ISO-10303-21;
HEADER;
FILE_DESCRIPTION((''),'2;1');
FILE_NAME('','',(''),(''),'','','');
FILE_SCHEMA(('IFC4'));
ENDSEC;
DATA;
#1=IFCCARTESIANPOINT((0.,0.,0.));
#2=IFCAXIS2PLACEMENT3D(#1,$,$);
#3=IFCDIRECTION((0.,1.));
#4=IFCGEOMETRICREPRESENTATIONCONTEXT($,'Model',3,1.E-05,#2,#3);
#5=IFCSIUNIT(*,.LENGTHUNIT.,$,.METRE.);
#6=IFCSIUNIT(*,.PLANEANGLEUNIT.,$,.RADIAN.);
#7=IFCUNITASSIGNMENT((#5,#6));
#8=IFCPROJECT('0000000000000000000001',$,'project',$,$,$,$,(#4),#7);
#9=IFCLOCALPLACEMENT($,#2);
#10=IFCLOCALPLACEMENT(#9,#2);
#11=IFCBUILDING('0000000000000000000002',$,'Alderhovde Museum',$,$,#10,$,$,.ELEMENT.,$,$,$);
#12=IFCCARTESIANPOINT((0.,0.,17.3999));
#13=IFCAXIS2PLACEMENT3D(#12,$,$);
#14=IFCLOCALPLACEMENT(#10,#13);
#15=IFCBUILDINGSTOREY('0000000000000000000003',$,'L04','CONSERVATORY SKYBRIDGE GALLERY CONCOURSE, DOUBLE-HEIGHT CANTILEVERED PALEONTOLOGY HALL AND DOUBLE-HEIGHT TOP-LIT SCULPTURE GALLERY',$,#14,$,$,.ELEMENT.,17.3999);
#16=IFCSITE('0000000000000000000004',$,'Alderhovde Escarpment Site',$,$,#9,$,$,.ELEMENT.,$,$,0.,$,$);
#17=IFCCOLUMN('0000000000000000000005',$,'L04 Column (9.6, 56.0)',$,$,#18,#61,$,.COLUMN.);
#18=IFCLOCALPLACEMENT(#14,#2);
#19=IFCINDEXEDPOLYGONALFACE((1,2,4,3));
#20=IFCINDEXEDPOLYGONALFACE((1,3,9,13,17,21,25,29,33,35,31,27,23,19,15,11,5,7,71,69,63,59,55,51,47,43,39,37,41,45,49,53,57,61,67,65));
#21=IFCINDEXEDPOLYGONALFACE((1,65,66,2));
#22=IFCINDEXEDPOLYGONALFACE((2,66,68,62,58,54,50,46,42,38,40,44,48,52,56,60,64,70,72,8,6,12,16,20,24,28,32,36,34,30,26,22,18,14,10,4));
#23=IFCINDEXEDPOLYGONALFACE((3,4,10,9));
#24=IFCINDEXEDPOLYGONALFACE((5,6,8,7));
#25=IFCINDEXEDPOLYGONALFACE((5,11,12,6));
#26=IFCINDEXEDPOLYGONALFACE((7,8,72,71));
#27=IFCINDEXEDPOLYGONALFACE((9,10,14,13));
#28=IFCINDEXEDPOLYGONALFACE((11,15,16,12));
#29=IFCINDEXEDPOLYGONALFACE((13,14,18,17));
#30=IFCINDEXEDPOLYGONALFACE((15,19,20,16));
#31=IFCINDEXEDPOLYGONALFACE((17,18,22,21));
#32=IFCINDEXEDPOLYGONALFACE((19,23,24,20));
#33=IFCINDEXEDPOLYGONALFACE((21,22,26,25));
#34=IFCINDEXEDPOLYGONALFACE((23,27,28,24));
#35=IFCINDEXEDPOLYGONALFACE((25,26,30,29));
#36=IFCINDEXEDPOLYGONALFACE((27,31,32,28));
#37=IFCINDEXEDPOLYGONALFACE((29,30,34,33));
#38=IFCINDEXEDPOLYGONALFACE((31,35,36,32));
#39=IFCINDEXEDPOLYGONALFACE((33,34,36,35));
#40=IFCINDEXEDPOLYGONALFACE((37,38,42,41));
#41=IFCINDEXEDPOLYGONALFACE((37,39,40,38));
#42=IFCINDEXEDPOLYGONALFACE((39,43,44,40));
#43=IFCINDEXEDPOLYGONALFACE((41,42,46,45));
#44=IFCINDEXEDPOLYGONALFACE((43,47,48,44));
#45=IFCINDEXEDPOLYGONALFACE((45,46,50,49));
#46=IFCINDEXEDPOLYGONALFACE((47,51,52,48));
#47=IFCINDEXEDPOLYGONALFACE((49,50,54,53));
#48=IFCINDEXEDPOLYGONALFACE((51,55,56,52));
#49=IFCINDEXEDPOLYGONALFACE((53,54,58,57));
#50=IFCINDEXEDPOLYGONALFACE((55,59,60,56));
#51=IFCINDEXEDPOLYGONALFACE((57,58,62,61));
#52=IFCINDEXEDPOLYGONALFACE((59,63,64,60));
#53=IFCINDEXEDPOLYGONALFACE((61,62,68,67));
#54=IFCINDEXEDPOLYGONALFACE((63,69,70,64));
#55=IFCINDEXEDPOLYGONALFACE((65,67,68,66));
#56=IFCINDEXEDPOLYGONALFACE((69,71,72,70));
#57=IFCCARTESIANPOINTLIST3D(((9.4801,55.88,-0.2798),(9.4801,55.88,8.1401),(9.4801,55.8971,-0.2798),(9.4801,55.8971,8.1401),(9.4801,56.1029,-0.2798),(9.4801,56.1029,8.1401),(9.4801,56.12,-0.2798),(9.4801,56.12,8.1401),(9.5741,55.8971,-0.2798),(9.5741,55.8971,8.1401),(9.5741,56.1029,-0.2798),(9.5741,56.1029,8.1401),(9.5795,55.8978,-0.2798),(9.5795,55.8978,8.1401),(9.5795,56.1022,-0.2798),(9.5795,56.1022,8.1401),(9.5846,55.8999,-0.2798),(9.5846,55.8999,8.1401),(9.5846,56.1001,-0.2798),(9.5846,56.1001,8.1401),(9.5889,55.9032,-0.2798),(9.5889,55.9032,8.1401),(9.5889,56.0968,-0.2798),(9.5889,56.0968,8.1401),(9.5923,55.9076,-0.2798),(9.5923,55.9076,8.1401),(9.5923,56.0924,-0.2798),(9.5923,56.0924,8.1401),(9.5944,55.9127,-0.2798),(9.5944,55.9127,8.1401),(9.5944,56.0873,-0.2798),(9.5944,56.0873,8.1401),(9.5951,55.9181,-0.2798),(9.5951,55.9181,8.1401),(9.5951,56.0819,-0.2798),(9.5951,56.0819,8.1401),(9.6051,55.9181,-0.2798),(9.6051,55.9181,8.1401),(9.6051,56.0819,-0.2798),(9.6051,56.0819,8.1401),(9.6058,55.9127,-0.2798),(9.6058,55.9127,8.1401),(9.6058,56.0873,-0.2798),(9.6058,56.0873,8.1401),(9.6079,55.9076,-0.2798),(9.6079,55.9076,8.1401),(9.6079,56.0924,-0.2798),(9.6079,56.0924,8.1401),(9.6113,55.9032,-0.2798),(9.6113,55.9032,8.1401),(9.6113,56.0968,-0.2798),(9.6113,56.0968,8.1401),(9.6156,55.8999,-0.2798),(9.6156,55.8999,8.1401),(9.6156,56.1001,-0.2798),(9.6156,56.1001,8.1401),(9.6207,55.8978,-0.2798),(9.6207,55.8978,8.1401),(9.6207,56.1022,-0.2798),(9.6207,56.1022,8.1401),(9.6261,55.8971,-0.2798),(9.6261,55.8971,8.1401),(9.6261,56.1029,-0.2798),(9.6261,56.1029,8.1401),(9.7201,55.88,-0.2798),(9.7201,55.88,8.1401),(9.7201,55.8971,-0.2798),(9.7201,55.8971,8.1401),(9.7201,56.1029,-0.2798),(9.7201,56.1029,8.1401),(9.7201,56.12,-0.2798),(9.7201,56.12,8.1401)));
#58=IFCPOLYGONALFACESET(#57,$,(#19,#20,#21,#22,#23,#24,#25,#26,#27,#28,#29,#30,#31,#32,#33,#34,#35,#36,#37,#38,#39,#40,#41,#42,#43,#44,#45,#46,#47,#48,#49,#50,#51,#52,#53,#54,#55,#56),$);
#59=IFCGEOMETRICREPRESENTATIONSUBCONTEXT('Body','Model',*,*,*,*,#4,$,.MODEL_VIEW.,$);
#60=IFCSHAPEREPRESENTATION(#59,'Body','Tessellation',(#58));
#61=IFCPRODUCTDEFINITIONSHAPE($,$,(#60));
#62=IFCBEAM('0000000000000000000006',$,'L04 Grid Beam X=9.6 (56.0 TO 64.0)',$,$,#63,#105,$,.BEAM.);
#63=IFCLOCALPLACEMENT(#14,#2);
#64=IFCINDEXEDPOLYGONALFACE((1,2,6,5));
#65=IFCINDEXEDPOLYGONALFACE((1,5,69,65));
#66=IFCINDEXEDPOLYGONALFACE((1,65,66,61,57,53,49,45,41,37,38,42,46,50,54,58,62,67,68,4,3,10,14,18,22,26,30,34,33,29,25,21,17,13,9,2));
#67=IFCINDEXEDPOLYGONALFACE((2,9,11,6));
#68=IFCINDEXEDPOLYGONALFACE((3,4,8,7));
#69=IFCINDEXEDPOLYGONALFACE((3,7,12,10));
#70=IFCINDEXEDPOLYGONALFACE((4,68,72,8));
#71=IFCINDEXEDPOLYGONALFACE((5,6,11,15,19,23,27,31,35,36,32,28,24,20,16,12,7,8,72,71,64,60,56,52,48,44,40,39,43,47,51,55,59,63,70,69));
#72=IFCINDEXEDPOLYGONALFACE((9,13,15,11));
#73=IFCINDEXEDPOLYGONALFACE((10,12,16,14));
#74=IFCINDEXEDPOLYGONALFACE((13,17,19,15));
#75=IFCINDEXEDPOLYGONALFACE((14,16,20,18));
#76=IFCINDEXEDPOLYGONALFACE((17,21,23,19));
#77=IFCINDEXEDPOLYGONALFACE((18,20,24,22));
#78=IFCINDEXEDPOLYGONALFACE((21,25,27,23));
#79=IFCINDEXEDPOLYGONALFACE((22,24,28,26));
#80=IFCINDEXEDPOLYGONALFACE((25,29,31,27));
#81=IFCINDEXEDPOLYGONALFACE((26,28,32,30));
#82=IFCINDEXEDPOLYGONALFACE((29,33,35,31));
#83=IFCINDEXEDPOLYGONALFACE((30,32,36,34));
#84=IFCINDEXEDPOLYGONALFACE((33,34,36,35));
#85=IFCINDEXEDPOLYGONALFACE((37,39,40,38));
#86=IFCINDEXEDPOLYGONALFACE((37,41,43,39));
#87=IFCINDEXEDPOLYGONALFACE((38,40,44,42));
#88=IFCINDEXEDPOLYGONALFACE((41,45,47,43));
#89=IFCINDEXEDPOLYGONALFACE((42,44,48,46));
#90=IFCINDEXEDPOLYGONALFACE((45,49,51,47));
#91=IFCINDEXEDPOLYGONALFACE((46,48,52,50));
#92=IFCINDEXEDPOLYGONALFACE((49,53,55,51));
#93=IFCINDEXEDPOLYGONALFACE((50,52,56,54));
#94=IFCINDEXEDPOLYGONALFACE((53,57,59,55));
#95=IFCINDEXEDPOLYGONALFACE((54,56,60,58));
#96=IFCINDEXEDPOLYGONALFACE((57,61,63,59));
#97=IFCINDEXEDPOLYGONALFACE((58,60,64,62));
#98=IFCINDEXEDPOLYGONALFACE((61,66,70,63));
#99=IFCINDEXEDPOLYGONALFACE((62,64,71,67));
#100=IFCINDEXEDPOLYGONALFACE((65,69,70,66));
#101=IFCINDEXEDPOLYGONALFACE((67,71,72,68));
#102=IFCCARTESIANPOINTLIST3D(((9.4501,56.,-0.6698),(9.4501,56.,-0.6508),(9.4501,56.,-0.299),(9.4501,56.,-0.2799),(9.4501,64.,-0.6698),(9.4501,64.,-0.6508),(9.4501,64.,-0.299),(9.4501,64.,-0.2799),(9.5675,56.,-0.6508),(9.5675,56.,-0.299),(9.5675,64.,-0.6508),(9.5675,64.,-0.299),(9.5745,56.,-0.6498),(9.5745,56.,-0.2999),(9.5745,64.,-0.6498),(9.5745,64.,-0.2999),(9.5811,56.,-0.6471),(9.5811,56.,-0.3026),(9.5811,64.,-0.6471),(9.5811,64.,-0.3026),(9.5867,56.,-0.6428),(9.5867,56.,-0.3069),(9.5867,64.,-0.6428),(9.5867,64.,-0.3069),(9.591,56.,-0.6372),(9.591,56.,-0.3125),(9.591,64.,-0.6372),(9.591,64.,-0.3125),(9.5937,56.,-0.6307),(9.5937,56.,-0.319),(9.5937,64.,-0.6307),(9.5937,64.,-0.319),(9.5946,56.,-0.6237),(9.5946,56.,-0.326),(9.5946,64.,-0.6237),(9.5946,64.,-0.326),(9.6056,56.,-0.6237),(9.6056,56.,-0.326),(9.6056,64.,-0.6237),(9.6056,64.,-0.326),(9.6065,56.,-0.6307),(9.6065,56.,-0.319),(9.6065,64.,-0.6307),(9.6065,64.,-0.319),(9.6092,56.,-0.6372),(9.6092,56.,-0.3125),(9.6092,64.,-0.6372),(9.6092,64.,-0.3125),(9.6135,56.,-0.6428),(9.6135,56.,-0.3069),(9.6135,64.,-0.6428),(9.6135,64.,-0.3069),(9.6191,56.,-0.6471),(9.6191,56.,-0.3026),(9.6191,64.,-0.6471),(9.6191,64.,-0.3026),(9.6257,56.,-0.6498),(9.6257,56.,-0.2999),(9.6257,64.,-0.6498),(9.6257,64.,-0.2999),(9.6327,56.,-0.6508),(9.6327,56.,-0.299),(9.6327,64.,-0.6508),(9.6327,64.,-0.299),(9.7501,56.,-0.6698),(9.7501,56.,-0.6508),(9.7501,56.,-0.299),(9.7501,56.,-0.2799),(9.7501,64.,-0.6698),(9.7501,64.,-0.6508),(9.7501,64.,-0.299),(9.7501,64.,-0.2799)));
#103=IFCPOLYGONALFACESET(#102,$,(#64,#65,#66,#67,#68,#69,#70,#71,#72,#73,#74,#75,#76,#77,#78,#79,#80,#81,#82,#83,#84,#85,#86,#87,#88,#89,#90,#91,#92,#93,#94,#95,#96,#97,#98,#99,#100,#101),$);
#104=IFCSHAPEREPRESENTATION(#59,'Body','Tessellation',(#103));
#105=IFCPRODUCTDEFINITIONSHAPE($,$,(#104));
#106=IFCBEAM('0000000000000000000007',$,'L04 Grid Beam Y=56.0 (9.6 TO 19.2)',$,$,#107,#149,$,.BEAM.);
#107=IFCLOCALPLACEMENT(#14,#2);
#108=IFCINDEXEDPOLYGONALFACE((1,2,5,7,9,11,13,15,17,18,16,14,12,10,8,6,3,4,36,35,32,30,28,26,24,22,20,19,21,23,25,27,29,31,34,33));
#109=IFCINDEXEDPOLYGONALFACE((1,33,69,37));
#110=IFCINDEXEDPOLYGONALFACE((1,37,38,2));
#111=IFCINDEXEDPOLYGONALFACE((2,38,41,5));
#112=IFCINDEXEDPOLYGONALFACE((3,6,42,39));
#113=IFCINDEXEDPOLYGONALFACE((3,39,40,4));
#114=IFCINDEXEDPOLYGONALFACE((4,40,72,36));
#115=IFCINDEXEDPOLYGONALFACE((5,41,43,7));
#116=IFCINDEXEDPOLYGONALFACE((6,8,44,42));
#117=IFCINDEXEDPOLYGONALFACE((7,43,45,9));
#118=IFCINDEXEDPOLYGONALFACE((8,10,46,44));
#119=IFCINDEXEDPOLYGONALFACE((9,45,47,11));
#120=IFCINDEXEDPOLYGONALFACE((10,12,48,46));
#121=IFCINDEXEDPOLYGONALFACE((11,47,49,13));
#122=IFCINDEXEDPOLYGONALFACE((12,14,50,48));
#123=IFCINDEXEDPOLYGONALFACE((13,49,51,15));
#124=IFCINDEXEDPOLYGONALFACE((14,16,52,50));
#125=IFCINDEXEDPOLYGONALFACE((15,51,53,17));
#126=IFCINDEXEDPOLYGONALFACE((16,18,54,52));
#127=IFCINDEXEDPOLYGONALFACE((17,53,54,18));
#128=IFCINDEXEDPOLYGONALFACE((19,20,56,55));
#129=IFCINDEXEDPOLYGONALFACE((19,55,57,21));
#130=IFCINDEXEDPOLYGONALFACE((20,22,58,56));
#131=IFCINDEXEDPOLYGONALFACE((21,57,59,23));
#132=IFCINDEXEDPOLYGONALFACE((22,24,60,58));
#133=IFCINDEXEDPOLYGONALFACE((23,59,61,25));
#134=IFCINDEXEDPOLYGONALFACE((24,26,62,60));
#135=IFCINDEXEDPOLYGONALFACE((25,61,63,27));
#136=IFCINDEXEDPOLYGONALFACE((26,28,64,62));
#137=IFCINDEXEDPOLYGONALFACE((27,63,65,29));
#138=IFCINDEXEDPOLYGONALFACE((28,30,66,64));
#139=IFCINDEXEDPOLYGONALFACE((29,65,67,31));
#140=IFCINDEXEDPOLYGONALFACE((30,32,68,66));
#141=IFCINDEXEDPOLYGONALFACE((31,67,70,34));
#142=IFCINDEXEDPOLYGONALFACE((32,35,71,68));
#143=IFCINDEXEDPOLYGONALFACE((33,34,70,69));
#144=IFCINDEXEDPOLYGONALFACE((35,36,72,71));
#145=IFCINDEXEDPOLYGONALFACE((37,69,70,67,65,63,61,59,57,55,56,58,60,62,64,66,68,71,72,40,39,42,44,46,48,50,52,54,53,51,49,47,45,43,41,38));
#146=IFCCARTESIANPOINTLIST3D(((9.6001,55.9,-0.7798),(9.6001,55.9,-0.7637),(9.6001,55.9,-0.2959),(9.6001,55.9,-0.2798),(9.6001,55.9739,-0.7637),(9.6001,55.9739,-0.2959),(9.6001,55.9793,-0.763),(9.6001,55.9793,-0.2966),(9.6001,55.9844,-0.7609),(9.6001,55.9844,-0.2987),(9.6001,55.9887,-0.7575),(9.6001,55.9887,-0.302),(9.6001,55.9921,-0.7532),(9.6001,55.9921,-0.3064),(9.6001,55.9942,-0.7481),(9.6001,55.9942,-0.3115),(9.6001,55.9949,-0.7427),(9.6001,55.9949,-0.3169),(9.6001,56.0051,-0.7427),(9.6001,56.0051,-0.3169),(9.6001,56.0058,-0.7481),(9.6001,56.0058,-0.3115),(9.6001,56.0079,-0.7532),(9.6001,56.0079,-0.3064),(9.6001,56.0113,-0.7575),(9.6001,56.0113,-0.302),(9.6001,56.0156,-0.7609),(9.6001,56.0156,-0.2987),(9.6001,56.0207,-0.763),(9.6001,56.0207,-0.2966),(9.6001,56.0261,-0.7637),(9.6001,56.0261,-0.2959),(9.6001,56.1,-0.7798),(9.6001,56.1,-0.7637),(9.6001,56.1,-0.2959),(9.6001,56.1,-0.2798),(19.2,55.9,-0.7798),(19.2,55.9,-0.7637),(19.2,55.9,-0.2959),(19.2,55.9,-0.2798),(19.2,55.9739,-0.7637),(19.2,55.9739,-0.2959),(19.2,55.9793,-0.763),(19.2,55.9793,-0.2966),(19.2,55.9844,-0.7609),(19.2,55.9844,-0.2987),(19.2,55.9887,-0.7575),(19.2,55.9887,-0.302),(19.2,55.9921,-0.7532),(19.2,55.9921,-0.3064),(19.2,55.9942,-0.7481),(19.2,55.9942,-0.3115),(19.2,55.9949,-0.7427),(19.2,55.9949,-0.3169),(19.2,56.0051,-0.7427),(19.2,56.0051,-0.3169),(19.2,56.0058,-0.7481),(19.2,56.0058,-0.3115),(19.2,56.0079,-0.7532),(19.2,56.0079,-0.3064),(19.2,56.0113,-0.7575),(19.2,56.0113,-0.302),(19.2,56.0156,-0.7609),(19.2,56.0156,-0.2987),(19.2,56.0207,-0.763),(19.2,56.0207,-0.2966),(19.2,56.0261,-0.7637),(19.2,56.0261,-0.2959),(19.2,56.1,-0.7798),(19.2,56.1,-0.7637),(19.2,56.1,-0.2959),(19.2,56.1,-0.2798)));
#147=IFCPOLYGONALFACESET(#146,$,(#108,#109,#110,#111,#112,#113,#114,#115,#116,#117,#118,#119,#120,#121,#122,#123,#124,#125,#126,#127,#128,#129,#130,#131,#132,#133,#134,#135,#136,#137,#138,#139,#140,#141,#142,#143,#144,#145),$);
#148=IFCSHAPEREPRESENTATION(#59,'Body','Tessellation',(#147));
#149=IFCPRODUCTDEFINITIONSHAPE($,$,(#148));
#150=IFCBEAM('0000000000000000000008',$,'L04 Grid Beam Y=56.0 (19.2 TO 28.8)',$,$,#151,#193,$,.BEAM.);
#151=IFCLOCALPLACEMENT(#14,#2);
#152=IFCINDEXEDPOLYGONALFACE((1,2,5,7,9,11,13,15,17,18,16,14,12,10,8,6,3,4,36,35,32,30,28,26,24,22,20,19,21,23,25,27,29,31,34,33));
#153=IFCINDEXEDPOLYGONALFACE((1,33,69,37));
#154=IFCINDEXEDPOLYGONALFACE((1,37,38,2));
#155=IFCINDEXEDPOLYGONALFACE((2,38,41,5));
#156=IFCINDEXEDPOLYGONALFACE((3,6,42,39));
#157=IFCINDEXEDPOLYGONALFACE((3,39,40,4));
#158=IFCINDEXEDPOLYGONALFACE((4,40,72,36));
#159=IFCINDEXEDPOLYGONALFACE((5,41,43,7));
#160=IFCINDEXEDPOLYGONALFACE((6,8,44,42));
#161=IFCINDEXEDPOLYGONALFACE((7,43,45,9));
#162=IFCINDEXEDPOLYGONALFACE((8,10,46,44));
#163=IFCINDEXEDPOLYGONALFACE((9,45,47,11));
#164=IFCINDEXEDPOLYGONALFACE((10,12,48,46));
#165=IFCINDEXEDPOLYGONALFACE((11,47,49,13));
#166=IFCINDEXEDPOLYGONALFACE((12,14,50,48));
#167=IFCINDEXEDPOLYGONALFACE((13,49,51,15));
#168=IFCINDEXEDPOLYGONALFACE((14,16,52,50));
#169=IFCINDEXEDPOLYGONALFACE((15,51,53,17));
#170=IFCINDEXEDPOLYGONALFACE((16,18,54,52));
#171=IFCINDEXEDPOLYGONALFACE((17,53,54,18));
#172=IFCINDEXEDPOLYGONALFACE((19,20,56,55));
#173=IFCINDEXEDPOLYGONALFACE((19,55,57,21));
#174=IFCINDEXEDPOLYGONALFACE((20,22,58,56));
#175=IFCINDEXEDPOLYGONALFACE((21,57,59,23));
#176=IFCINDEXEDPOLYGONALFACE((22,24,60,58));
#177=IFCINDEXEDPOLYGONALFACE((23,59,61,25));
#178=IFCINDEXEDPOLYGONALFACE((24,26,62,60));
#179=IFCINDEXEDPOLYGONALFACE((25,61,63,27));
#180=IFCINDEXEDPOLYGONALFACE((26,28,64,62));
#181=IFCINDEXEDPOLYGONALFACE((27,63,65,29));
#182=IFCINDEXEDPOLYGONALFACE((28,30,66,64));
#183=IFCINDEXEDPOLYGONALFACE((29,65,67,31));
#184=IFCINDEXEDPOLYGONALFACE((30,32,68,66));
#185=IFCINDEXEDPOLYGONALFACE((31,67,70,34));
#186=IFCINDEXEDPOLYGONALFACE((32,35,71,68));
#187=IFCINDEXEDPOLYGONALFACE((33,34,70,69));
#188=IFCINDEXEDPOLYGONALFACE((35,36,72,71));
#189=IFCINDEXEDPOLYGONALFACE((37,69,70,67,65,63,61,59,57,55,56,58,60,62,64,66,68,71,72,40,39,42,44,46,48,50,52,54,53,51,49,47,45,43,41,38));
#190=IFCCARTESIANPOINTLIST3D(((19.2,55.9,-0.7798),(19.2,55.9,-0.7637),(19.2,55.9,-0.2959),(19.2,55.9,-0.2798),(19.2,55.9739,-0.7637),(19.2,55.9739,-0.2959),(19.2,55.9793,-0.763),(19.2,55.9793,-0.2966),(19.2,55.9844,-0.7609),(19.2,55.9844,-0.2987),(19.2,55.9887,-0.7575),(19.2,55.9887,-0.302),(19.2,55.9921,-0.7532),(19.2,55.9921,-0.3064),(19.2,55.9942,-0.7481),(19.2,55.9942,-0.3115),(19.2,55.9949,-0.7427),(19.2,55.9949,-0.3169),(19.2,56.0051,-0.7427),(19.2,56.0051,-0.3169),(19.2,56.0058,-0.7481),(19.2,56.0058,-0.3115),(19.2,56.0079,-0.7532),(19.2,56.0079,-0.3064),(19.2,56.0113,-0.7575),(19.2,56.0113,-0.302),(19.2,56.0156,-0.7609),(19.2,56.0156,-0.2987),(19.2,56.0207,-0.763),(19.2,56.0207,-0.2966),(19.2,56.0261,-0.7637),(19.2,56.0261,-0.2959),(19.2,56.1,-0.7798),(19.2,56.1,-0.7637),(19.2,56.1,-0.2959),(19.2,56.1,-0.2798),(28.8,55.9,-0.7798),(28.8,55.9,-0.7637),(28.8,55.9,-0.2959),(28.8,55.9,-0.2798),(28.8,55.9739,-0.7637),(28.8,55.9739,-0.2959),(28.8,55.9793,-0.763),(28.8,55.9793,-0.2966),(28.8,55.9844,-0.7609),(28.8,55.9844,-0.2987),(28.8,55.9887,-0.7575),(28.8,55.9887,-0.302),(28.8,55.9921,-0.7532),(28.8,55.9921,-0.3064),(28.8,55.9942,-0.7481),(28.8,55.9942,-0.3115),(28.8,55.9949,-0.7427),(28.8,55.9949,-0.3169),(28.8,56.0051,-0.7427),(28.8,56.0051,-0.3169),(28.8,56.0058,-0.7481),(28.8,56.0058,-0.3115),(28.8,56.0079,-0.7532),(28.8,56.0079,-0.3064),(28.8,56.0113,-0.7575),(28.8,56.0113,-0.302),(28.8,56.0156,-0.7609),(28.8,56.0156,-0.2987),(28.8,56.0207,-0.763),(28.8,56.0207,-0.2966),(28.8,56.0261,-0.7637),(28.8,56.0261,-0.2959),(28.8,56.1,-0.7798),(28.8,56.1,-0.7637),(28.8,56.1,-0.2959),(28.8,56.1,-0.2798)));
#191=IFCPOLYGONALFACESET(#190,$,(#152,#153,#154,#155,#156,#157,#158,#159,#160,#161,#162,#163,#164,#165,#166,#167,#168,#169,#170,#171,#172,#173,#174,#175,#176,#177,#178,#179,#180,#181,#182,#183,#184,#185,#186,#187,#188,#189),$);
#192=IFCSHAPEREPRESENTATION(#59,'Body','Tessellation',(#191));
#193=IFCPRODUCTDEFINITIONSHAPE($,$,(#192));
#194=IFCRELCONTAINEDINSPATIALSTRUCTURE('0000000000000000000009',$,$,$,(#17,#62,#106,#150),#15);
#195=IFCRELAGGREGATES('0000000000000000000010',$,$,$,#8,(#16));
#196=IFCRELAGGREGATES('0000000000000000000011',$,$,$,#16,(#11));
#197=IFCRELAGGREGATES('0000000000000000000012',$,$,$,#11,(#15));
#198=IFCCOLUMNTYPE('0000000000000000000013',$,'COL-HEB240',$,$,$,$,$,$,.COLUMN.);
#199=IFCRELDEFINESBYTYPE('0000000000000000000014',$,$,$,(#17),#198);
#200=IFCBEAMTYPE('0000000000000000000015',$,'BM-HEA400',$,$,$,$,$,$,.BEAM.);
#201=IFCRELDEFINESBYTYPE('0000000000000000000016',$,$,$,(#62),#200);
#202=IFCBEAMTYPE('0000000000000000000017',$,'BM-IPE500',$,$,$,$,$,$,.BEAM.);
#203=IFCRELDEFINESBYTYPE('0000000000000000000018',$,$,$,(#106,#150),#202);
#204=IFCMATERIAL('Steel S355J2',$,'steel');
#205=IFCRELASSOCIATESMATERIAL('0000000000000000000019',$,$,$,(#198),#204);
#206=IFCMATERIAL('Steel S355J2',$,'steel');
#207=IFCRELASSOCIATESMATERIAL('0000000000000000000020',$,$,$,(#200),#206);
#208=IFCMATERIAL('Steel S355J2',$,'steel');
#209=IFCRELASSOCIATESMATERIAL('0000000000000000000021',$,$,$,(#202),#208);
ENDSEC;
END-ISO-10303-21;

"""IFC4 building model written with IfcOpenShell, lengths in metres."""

from ifc_helpers import new_model, si_unit, direction, frame, origin, origin_2d, place, context, subcontext, project, spatial, i_section, extrude, material, material_profile, profile_set, type_object, element, save


model = new_model("IFC4")

# Units and contexts
model_context = context("Model", 3, precision=1e-05, world=origin(), true_north=direction((0.0, 1.0)))
body_context = subcontext(model_context, "Body", "Model", "MODEL_VIEW")
ifc_project = project(units=[si_unit("LENGTHUNIT", "METRE"), si_unit("PLANEANGLEUNIT", "RADIAN")], contexts=[model_context])

# Site, building, storey
site_placement = place(None, origin())
site = spatial("IfcSite", under=ifc_project, at=site_placement, Name="Alderhovde Escarpment Site", CompositionType="ELEMENT", RefElevation=0.0)
building_placement = place(site_placement, origin())
building = spatial("IfcBuilding", under=site, at=building_placement, Name="Alderhovde Museum", CompositionType="ELEMENT")
storey_placement = place(building_placement, frame((0.0, 0.0, 17.3999)))
storey = spatial("IfcBuildingStorey", under=building, at=storey_placement, Name="L04", Description="CONSERVATORY SKYBRIDGE GALLERY CONCOURSE, DOUBLE-HEIGHT CANTILEVERED PALEONTOLOGY HALL AND DOUBLE-HEIGHT TOP-LIT SCULPTURE GALLERY", CompositionType="ELEMENT", Elevation=17.3999)

# Column
ifc_material_1 = material(Name="Steel S355J2", Category="steel")
ifc_material_profile_1 = material_profile(ifc_material_1, i_section(OverallWidth=0.24, OverallDepth=0.24, WebThickness=0.01, FlangeThickness=0.0171, FilletRadius=0.021, at=origin_2d()), Name="HEB 240")
ifc_profile_set_1 = profile_set([ifc_material_profile_1], Name="Steel S355J2")
column_type = type_object("IfcColumnType", Name="COL-HEB240", PredefinedType="COLUMN", material=ifc_profile_set_1)
column_placement = place(storey_placement, frame((9.6001, 56.0, -0.2798), z_axis=(0.0, 0.0, 1.0), x_axis=(1.0, 0.0, 0.0)))
element("IfcColumn", 1, at=column_placement, inside=storey, type_object=column_type, Name="L04 Column (9.6, 56.0)", PredefinedType="COLUMN", context=body_context, shape_type="SweptSolid", body=[
    extrude(i_section(OverallWidth=0.24, OverallDepth=0.24, WebThickness=0.01, FlangeThickness=0.0171, FilletRadius=0.021, at=origin_2d()), origin(), (0.0, 0.0, 1.0), 8.4199),
])

# Beams
ifc_material_2 = material(Name="Steel S355J2", Category="steel")
ifc_material_profile_2 = material_profile(ifc_material_2, i_section(OverallWidth=0.3, OverallDepth=0.3899, WebThickness=0.011, FlangeThickness=0.019, FilletRadius=0.0271, at=origin_2d()), Name="HEA 400")
ifc_profile_set_2 = profile_set([ifc_material_profile_2], Name="Steel S355J2")
beam_type_1 = type_object("IfcBeamType", Name="BM-HEA400", PredefinedType="BEAM", material=ifc_profile_set_2)
beam_1_placement = place(storey_placement, frame((9.6001, 56.0, -0.4749), z_axis=(0.0, 1.0, 0.0), x_axis=(-1.0, 0.0, 0.0)))
element("IfcBeam", 2, at=beam_1_placement, inside=storey, type_object=beam_type_1, Name="L04 Grid Beam X=9.6 (56.0 TO 64.0)", PredefinedType="BEAM", context=body_context, shape_type="SweptSolid", body=[
    extrude(i_section(OverallWidth=0.3, OverallDepth=0.3899, WebThickness=0.011, FlangeThickness=0.019, FilletRadius=0.0271, at=origin_2d()), origin(), (0.0, 0.0, 1.0), 8.0),
])
ifc_material_3 = material(Name="Steel S355J2", Category="steel")
ifc_material_profile_3 = material_profile(ifc_material_3, i_section(OverallWidth=0.2, OverallDepth=0.5, WebThickness=0.0103, FlangeThickness=0.0161, FilletRadius=0.021, at=origin_2d()), Name="IPE 500")
ifc_profile_set_3 = profile_set([ifc_material_profile_3], Name="Steel S355J2")
beam_type_2 = type_object("IfcBeamType", Name="BM-IPE500", PredefinedType="BEAM", material=ifc_profile_set_3)
beam_2_placement = place(storey_placement, frame((9.6001, 56.0, -0.5298), z_axis=(1.0, 0.0, 0.0), x_axis=(0.0, 1.0, 0.0)))
element("IfcBeam", 3, at=beam_2_placement, inside=storey, type_object=beam_type_2, Name="L04 Grid Beam Y=56.0 (9.6 TO 19.2)", PredefinedType="BEAM", context=body_context, shape_type="SweptSolid", body=[
    extrude(i_section(OverallWidth=0.2, OverallDepth=0.5, WebThickness=0.0103, FlangeThickness=0.0161, FilletRadius=0.021, at=origin_2d()), origin(), (0.0, 0.0, 1.0), 9.5999),
])
beam_3_placement = place(storey_placement, frame((19.2, 56.0, -0.5298), z_axis=(1.0, 0.0, 0.0), x_axis=(0.0, 1.0, 0.0)))
element("IfcBeam", 4, at=beam_3_placement, inside=storey, type_object=beam_type_2, Name="L04 Grid Beam Y=56.0 (19.2 TO 28.8)", PredefinedType="BEAM", context=body_context, shape_type="SweptSolid", body=[
    extrude(i_section(OverallWidth=0.2, OverallDepth=0.5, WebThickness=0.0103, FlangeThickness=0.0161, FilletRadius=0.021, at=origin_2d()), origin(), (0.0, 0.0, 1.0), 9.6001),
])

save(model, "model.ifc")
